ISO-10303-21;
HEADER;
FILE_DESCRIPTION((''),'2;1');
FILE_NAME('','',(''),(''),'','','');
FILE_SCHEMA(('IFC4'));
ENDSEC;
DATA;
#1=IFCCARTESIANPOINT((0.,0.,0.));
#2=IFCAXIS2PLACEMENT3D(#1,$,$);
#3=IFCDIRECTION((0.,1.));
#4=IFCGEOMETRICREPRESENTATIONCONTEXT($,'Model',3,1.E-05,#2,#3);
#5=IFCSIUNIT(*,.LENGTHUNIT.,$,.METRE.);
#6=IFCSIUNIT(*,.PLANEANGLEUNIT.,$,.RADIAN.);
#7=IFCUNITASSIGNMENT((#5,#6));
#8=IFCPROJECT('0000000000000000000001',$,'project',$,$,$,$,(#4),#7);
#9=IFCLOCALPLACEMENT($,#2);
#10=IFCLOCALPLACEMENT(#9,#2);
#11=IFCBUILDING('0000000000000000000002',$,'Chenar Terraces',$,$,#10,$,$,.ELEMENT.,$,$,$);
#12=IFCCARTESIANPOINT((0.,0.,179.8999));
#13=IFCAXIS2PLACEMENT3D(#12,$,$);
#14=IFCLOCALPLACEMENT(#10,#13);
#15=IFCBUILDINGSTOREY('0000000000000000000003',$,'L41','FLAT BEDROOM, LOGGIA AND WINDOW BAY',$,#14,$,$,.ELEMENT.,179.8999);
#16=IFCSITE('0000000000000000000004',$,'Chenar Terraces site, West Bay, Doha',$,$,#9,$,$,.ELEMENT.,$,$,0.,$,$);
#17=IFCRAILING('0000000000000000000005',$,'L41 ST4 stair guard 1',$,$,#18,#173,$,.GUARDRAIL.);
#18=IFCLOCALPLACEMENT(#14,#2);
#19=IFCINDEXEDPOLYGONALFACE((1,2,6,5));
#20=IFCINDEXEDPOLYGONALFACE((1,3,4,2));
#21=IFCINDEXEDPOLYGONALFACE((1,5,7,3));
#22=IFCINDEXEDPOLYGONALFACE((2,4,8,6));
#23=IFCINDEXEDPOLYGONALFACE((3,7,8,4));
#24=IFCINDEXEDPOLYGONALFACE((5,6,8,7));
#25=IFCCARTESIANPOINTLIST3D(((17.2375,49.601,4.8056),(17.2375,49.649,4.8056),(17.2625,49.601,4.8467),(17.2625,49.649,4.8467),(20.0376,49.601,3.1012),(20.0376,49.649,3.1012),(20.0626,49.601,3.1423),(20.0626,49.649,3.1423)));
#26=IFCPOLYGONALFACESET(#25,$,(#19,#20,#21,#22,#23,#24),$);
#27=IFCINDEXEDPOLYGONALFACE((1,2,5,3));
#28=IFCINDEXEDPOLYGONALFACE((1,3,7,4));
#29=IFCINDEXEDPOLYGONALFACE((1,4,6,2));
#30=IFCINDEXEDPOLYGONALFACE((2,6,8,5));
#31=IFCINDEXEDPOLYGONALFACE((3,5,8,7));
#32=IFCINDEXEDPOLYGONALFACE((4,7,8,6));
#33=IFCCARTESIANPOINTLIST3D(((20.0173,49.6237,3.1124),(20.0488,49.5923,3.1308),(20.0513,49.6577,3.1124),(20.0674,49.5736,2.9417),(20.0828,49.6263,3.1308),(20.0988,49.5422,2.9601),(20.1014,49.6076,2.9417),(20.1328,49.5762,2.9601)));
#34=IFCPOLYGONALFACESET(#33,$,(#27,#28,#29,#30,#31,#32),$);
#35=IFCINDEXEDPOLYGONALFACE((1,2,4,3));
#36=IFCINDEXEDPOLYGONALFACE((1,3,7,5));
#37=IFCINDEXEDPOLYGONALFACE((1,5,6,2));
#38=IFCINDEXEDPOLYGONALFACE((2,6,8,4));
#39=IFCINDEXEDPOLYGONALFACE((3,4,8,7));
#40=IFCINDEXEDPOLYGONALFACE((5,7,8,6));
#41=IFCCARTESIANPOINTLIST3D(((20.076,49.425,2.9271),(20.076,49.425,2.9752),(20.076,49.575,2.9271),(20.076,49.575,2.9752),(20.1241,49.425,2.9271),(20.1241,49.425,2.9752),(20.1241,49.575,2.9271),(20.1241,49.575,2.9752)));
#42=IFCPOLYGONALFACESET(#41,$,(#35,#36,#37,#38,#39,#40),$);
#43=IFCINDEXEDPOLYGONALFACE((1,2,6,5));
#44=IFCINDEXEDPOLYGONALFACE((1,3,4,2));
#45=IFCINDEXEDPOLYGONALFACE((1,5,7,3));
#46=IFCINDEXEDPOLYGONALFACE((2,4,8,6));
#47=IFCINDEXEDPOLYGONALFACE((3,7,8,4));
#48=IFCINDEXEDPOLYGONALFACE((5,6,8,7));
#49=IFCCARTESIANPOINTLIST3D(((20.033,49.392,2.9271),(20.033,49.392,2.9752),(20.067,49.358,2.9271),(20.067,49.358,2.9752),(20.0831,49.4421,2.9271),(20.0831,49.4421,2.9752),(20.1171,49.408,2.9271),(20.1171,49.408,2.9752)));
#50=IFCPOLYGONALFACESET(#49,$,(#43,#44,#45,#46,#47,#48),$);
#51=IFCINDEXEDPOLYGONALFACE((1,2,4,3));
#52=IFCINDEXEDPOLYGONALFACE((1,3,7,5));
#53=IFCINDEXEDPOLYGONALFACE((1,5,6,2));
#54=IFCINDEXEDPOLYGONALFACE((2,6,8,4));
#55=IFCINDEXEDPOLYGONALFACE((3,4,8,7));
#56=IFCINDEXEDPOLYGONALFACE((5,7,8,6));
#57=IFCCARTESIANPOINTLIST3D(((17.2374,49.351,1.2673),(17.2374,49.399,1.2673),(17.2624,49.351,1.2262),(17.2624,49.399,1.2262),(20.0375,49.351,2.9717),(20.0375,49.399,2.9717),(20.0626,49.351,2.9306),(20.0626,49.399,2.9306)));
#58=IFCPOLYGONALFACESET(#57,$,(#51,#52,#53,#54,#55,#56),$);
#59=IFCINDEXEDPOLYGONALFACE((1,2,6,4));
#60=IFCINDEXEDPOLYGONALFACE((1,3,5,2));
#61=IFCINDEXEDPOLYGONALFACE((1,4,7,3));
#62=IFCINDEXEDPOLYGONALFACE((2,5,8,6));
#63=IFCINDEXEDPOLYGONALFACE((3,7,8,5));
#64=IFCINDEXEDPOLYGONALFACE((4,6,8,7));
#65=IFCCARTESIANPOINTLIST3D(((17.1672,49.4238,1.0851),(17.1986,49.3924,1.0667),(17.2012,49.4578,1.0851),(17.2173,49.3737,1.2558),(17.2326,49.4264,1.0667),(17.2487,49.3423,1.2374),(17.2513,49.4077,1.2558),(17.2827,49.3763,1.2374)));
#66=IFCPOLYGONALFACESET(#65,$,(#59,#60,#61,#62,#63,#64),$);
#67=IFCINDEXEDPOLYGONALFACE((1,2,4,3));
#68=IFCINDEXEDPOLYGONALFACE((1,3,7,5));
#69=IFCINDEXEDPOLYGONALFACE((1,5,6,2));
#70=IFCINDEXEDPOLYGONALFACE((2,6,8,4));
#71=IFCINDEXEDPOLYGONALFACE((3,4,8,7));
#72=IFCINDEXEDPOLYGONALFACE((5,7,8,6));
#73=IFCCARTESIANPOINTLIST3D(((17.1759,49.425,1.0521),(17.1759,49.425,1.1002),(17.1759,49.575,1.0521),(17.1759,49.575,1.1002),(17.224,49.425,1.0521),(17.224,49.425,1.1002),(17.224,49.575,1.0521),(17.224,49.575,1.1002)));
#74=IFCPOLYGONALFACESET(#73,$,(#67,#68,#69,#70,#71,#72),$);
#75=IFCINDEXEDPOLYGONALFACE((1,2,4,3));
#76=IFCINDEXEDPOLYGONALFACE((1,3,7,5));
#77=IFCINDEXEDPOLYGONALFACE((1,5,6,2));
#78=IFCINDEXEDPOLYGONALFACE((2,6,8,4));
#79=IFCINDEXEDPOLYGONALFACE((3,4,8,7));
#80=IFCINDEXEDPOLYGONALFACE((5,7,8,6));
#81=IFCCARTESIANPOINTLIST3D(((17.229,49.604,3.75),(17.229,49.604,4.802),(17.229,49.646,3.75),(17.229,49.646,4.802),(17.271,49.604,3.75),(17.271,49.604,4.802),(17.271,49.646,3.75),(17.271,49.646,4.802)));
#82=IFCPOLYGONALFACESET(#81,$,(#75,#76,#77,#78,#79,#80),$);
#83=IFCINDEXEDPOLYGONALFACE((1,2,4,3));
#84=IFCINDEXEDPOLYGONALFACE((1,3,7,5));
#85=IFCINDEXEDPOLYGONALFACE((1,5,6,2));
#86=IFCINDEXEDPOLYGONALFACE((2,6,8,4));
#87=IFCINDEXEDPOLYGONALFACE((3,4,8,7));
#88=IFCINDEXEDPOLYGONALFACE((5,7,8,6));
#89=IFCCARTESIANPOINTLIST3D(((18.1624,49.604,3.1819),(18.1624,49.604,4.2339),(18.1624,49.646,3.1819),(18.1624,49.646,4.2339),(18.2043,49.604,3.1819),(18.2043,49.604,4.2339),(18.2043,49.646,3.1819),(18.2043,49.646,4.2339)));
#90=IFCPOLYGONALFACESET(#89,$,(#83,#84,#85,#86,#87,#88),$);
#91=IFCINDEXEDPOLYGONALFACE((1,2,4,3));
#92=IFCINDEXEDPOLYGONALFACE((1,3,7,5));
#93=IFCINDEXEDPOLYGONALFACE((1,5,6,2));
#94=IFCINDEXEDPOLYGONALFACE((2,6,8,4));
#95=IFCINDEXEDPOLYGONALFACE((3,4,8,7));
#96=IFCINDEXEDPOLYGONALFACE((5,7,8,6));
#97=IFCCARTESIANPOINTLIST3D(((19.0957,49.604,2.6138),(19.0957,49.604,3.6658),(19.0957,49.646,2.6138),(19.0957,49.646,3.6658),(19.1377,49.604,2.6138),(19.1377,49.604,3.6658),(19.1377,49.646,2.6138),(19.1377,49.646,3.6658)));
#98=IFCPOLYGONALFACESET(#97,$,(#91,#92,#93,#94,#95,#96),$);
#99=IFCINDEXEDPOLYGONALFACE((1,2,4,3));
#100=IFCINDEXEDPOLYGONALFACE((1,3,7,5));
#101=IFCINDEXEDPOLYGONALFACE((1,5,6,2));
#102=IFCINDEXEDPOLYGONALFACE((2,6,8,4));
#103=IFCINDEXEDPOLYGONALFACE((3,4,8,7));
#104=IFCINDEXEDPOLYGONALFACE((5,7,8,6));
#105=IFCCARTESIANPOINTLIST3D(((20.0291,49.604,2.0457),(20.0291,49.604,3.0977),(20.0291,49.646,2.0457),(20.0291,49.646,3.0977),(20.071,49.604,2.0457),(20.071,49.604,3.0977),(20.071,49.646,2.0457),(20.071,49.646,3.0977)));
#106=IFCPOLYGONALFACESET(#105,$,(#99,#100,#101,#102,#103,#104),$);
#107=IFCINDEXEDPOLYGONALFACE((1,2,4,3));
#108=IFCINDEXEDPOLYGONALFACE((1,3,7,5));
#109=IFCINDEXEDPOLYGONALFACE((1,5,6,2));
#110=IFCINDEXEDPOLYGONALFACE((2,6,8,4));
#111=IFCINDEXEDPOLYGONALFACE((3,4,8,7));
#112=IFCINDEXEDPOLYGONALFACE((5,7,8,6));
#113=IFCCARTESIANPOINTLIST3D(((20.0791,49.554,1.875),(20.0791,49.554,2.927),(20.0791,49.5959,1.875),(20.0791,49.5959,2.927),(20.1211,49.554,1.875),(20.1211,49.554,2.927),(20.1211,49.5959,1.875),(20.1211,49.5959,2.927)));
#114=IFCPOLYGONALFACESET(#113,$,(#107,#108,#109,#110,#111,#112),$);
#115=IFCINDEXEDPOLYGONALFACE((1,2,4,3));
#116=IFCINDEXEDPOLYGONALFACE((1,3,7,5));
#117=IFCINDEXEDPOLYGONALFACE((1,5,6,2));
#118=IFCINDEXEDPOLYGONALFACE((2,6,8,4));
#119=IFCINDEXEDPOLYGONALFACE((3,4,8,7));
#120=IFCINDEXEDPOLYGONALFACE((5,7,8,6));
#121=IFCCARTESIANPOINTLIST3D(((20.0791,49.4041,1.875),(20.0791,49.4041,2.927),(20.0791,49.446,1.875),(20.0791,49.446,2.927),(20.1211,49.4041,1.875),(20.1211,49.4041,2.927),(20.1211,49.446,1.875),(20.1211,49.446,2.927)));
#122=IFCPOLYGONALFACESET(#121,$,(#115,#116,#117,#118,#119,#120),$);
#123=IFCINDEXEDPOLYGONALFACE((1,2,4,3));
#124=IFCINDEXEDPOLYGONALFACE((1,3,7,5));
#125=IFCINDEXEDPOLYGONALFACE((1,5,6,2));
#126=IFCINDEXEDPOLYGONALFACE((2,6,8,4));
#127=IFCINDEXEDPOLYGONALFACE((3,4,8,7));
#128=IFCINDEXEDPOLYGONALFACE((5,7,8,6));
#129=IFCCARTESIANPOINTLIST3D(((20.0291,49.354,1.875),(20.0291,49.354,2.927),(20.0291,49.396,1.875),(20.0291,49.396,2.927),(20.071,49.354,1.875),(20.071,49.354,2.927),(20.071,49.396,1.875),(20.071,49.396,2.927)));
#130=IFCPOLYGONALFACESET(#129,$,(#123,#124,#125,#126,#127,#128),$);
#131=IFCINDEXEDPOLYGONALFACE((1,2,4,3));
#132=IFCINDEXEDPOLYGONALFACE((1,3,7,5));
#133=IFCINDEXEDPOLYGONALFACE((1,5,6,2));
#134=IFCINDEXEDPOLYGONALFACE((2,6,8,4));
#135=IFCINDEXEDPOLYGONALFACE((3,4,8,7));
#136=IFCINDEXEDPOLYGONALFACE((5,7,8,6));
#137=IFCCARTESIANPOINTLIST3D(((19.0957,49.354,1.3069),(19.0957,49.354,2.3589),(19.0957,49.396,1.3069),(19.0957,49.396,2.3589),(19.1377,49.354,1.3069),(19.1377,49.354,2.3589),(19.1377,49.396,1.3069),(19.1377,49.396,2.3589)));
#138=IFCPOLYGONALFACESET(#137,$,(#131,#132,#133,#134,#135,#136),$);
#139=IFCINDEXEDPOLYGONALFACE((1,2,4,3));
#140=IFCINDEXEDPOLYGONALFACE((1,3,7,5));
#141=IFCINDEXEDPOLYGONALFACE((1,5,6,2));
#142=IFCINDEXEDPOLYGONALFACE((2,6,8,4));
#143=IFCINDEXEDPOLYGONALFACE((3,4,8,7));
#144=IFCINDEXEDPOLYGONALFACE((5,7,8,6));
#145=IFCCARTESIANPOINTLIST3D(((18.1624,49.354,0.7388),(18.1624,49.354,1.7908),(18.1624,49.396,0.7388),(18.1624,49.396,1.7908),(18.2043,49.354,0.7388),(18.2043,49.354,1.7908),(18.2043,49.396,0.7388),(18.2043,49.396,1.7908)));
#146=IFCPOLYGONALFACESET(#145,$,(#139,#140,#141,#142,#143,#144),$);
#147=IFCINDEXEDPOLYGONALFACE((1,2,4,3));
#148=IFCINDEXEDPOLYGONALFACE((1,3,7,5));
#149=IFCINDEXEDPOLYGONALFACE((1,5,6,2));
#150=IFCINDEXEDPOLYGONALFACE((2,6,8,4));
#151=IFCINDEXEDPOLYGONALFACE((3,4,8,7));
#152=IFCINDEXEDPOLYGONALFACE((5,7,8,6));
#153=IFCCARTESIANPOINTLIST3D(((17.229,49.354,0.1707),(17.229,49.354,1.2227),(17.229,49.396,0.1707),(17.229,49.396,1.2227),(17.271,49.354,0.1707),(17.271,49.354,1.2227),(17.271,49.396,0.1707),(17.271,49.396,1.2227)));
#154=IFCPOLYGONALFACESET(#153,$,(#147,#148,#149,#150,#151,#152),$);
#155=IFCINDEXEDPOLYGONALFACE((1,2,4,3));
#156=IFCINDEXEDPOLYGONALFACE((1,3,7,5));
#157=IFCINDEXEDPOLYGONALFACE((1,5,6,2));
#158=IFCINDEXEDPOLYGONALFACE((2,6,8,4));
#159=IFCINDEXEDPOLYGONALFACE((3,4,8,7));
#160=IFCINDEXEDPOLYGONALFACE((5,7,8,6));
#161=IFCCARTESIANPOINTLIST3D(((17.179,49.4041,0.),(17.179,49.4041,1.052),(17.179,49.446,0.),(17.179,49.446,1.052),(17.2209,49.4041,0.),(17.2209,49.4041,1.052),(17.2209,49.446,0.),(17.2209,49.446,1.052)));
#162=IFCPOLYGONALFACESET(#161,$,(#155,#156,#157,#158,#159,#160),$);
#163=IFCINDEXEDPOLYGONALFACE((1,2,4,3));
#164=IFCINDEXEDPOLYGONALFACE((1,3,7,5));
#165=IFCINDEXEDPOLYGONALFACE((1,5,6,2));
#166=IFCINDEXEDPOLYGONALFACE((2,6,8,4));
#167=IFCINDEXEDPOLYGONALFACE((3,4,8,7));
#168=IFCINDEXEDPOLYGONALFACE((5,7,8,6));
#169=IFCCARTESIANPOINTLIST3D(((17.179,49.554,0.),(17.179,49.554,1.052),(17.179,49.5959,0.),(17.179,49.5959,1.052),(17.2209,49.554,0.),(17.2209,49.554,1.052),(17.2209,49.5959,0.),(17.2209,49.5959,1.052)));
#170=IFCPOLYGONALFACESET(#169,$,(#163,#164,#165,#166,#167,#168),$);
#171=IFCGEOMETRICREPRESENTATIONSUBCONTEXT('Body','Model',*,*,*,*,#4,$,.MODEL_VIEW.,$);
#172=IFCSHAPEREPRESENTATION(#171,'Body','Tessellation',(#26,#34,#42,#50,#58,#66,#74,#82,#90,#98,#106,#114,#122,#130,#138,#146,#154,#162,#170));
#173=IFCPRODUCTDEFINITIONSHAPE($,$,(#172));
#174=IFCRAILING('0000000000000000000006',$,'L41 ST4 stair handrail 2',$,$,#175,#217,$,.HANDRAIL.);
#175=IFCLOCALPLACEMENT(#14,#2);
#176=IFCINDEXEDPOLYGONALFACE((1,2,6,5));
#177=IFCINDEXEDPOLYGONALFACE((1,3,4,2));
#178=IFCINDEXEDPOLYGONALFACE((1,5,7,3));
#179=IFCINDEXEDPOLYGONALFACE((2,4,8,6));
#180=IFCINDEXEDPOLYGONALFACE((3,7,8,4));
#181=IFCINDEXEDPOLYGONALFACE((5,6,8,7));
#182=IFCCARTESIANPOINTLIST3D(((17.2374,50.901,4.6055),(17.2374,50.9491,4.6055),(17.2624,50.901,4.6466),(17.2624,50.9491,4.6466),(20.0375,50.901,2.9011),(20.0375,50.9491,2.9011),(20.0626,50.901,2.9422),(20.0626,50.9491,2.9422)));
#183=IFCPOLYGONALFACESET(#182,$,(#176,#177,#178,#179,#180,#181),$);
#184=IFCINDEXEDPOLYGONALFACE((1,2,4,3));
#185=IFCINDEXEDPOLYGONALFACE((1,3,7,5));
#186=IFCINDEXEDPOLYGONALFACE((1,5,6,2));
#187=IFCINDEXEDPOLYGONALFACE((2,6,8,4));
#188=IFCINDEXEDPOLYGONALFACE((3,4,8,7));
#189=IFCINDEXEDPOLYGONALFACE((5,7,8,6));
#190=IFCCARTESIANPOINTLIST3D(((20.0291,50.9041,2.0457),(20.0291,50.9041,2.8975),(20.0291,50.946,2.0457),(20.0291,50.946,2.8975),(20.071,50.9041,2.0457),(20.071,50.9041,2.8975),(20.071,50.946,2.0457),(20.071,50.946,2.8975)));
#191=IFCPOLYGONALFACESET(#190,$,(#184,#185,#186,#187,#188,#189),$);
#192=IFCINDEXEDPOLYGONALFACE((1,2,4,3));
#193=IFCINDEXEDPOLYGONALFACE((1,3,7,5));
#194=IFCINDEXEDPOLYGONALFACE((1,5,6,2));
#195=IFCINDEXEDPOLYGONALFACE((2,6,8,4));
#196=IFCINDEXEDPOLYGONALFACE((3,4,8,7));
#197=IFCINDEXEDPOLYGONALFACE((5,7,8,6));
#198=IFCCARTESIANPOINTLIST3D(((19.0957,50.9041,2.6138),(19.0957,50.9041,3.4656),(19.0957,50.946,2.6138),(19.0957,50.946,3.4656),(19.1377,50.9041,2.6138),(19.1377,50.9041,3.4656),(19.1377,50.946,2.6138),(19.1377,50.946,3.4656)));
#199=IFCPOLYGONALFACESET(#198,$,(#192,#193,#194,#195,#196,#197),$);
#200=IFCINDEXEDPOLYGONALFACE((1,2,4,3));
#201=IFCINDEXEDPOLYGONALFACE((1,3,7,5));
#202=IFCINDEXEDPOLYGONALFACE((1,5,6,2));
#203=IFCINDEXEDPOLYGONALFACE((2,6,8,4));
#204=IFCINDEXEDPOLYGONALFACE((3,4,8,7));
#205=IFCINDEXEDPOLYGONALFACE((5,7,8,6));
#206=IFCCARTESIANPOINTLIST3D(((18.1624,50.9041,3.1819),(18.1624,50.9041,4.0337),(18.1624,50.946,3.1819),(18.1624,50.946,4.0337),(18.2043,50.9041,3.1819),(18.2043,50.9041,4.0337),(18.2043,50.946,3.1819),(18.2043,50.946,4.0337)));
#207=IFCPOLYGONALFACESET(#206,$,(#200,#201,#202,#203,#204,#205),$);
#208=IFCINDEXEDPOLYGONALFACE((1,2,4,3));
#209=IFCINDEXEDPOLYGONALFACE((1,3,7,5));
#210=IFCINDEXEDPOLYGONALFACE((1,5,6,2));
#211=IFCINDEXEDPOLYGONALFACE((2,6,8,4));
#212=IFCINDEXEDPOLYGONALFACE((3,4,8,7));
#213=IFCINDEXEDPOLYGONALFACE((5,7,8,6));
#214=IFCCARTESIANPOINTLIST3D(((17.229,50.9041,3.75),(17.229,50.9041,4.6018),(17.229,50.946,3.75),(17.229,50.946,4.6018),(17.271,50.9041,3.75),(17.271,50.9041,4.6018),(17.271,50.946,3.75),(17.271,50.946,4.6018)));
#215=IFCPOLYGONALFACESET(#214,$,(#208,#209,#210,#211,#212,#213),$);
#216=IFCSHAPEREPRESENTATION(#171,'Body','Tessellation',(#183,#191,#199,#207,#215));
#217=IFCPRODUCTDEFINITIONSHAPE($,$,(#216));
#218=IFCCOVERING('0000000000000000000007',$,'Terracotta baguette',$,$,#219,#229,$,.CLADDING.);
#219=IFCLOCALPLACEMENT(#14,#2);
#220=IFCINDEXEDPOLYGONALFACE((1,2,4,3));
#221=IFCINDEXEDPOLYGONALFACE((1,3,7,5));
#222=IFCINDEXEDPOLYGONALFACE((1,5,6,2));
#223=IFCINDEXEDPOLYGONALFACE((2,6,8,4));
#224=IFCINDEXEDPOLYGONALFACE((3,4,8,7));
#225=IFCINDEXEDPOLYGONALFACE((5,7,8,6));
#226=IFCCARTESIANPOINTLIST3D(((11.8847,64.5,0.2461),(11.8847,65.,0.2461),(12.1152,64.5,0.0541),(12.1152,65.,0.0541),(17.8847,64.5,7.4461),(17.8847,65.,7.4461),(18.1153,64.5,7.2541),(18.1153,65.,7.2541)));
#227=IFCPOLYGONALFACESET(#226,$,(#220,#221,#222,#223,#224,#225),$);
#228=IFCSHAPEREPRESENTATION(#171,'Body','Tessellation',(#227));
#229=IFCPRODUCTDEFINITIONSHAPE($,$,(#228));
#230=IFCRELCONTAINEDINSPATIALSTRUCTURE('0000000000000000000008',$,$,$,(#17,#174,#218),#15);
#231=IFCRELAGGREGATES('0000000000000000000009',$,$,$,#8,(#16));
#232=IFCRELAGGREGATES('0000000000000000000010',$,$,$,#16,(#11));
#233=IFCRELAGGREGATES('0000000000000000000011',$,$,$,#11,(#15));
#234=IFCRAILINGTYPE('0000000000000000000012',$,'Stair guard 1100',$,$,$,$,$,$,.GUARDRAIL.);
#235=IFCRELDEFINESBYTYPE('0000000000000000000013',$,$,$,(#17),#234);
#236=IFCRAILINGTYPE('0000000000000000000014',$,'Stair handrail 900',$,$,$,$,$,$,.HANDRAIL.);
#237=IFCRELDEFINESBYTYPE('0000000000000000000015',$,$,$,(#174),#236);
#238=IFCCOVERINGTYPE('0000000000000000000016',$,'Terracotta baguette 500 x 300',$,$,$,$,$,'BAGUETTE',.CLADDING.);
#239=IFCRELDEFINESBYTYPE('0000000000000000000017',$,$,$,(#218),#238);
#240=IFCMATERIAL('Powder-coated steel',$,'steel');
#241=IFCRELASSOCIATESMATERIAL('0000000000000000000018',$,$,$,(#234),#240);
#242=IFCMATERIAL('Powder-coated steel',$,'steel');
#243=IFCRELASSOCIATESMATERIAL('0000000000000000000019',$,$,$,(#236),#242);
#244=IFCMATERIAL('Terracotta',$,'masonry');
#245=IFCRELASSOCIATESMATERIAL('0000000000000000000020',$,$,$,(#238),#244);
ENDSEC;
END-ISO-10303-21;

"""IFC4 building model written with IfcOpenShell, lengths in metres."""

from ifc_helpers import new_model, si_unit, direction, frame, origin, origin_2d, place, context, subcontext, project, spatial, rectangle, extrude, material, material_profile, profile_set, type_object, element, save


model = new_model("IFC4")

# Units and contexts
model_context = context("Model", 3, precision=1e-05, world=origin(), true_north=direction((0.0, 1.0)))
body_context = subcontext(model_context, "Body", "Model", "MODEL_VIEW")
ifc_project = project(units=[si_unit("LENGTHUNIT", "METRE"), si_unit("PLANEANGLEUNIT", "RADIAN")], contexts=[model_context])

# Site, building, storey
site_placement = place(None, origin())
site = spatial("IfcSite", under=ifc_project, at=site_placement, Name="Chenar Terraces site, West Bay, Doha", CompositionType="ELEMENT", RefElevation=0.0)
building_placement = place(site_placement, origin())
building = spatial("IfcBuilding", under=site, at=building_placement, Name="Chenar Terraces", CompositionType="ELEMENT")
storey_placement = place(building_placement, frame((0.0, 0.0, 179.8999)))
storey = spatial("IfcBuildingStorey", under=building, at=storey_placement, Name="L41", Description="FLAT BEDROOM, LOGGIA AND WINDOW BAY", CompositionType="ELEMENT", Elevation=179.8999)

# Railings
ifc_material_1 = material(Name="Powder-coated steel", Category="steel")
railing_type_1 = type_object("IfcRailingType", Name="Stair guard 1100", PredefinedType="GUARDRAIL", material=ifc_material_1)
railing_1_placement = place(storey_placement, frame((17.25, 49.625, 3.75)))
element("IfcRailing", 1, at=railing_1_placement, inside=storey, type_object=railing_type_1, Name="L41 ST4 stair guard 1", PredefinedType="GUARDRAIL", context=body_context, shape_type="SweptSolid", body=[
    extrude(rectangle(XDim=0.0481, YDim=0.0481, at=origin_2d()), frame((0.0, 0.0, 1.0762), z_axis=(0.854203, 0.0, -0.51994), x_axis=(0.0, 1.0, 0.0)), (0.0, 0.0, 1.0), 3.2781),
    extrude(rectangle(XDim=0.0481, YDim=0.0481, at=origin_2d()), frame((2.8, 0.0, -0.6284), z_axis=(0.2709, -0.2709, -0.923703), x_axis=(0.707107, 0.707107, 0.0)), (0.0, 0.0, 1.0), 0.1848),
    extrude(rectangle(XDim=0.0481, YDim=0.0481, at=origin_2d()), frame((2.8501, -0.05, -0.7988), z_axis=(0.0, -1.0, 0.0), x_axis=(1.0, 0.0, 0.0)), (0.0, 0.0, 1.0), 0.1499),
    extrude(rectangle(XDim=0.0481, YDim=0.0481, at=origin_2d()), frame((2.8501, -0.2, -0.7988), z_axis=(-0.707107, -0.707107, 0.0), x_axis=(0.707107, -0.707107, 0.0)), (0.0, 0.0, 1.0), 0.0708),
    extrude(rectangle(XDim=0.0481, YDim=0.0481, at=origin_2d()), frame((2.8, -0.25, -0.7988), z_axis=(-0.854203, 0.0, -0.51994), x_axis=(0.0, -1.0, 0.0)), (0.0, 0.0, 1.0), 3.2781),
    extrude(rectangle(XDim=0.0481, YDim=0.0481, at=origin_2d()), frame((0.0, -0.25, -2.5034), z_axis=(-0.2709, 0.2709, -0.923703), x_axis=(-0.707107, -0.707107, 0.0)), (0.0, 0.0, 1.0), 0.1848),
    extrude(rectangle(XDim=0.0481, YDim=0.0481, at=origin_2d()), frame((-0.05, -0.2, -2.6738), z_axis=(0.0, 1.0, 0.0), x_axis=(-1.0, 0.0, 0.0)), (0.0, 0.0, 1.0), 0.1499),
    extrude(rectangle(XDim=0.042, YDim=0.042, at=origin_2d()), origin(), (0.0, 0.0, 1.0), 1.052),
    extrude(rectangle(XDim=0.042, YDim=0.042, at=origin_2d()), frame((0.9333, 0.0, -0.5681)), (0.0, 0.0, 1.0), 1.052),
    extrude(rectangle(XDim=0.042, YDim=0.042, at=origin_2d()), frame((1.8667, 0.0, -1.1362)), (0.0, 0.0, 1.0), 1.052),
    extrude(rectangle(XDim=0.042, YDim=0.042, at=origin_2d()), frame((2.8, 0.0, -1.7043)), (0.0, 0.0, 1.0), 1.052),
    extrude(rectangle(XDim=0.042, YDim=0.042, at=origin_2d()), frame((2.8501, -0.05, -1.875)), (0.0, 0.0, 1.0), 1.052),
    extrude(rectangle(XDim=0.042, YDim=0.042, at=origin_2d()), frame((2.8501, -0.2, -1.875)), (0.0, 0.0, 1.0), 1.052),
    extrude(rectangle(XDim=0.042, YDim=0.042, at=origin_2d()), frame((2.8, -0.25, -1.875)), (0.0, 0.0, 1.0), 1.052),
    extrude(rectangle(XDim=0.042, YDim=0.042, at=origin_2d()), frame((1.8667, -0.25, -2.4431)), (0.0, 0.0, 1.0), 1.052),
    extrude(rectangle(XDim=0.042, YDim=0.042, at=origin_2d()), frame((0.9333, -0.25, -3.0112)), (0.0, 0.0, 1.0), 1.052),
    extrude(rectangle(XDim=0.042, YDim=0.042, at=origin_2d()), frame((0.0, -0.25, -3.5793)), (0.0, 0.0, 1.0), 1.052),
    extrude(rectangle(XDim=0.042, YDim=0.042, at=origin_2d()), frame((-0.05, -0.2, -3.75)), (0.0, 0.0, 1.0), 1.052),
    extrude(rectangle(XDim=0.042, YDim=0.042, at=origin_2d()), frame((-0.05, -0.05, -3.75)), (0.0, 0.0, 1.0), 1.052),
])
ifc_material_2 = material(Name="Powder-coated steel", Category="steel")
railing_type_2 = type_object("IfcRailingType", Name="Stair handrail 900", PredefinedType="HANDRAIL", material=ifc_material_2)
railing_2_placement = place(storey_placement, frame((20.05, 50.925, 2.0457)))
element("IfcRailing", 2, at=railing_2_placement, inside=storey, type_object=railing_type_2, Name="L41 ST4 stair handrail 2", PredefinedType="HANDRAIL", context=body_context, shape_type="SweptSolid", body=[
    extrude(rectangle(XDim=0.0481, YDim=0.0481, at=origin_2d()), frame((0.0, 0.0, 0.876), z_axis=(-0.854203, 0.0, 0.51994), x_axis=(0.0, -1.0, 0.0)), (0.0, 0.0, 1.0), 3.2781),
    extrude(rectangle(XDim=0.042, YDim=0.042, at=origin_2d()), origin(), (0.0, 0.0, 1.0), 0.8518),
    extrude(rectangle(XDim=0.042, YDim=0.042, at=origin_2d()), frame((-0.9333, 0.0, 0.5681)), (0.0, 0.0, 1.0), 0.8518),
    extrude(rectangle(XDim=0.042, YDim=0.042, at=origin_2d()), frame((-1.8667, 0.0, 1.1362)), (0.0, 0.0, 1.0), 0.8518),
    extrude(rectangle(XDim=0.042, YDim=0.042, at=origin_2d()), frame((-2.8, 0.0, 1.7043)), (0.0, 0.0, 1.0), 0.8518),
])

# Covering
ifc_material_3 = material(Name="Terracotta", Category="masonry")
ifc_material_profile_1 = material_profile(ifc_material_3, rectangle(XDim=0.5, YDim=0.3, at=origin_2d()), Name="Terracotta baguette 500 x 300")
ifc_profile_set_1 = profile_set([ifc_material_profile_1], Name="Terracotta")
covering_type = type_object("IfcCoveringType", Name="Terracotta baguette 500 x 300", ElementType="BAGUETTE", PredefinedType="CLADDING", material=ifc_profile_set_1)
for number, where, z_axis, x_axis, name in (
    (3, (18.0, 64.75, 7.3501), (-0.640187, 0.0, -0.768219), (0.0, -1.0, 0.0), "Terracotta baguette"),
):
    element("IfcCovering", number, at=place(storey_placement, frame(where, z_axis=z_axis, x_axis=x_axis)), inside=storey, type_object=covering_type, Name=name, PredefinedType="CLADDING", context=body_context, shape_type="SweptSolid", body=[
        extrude(rectangle(XDim=0.5, YDim=0.3, at=origin_2d()), origin(), (0.0, 0.0, 1.0), 9.3723),
    ])

save(model, "model.ifc")
